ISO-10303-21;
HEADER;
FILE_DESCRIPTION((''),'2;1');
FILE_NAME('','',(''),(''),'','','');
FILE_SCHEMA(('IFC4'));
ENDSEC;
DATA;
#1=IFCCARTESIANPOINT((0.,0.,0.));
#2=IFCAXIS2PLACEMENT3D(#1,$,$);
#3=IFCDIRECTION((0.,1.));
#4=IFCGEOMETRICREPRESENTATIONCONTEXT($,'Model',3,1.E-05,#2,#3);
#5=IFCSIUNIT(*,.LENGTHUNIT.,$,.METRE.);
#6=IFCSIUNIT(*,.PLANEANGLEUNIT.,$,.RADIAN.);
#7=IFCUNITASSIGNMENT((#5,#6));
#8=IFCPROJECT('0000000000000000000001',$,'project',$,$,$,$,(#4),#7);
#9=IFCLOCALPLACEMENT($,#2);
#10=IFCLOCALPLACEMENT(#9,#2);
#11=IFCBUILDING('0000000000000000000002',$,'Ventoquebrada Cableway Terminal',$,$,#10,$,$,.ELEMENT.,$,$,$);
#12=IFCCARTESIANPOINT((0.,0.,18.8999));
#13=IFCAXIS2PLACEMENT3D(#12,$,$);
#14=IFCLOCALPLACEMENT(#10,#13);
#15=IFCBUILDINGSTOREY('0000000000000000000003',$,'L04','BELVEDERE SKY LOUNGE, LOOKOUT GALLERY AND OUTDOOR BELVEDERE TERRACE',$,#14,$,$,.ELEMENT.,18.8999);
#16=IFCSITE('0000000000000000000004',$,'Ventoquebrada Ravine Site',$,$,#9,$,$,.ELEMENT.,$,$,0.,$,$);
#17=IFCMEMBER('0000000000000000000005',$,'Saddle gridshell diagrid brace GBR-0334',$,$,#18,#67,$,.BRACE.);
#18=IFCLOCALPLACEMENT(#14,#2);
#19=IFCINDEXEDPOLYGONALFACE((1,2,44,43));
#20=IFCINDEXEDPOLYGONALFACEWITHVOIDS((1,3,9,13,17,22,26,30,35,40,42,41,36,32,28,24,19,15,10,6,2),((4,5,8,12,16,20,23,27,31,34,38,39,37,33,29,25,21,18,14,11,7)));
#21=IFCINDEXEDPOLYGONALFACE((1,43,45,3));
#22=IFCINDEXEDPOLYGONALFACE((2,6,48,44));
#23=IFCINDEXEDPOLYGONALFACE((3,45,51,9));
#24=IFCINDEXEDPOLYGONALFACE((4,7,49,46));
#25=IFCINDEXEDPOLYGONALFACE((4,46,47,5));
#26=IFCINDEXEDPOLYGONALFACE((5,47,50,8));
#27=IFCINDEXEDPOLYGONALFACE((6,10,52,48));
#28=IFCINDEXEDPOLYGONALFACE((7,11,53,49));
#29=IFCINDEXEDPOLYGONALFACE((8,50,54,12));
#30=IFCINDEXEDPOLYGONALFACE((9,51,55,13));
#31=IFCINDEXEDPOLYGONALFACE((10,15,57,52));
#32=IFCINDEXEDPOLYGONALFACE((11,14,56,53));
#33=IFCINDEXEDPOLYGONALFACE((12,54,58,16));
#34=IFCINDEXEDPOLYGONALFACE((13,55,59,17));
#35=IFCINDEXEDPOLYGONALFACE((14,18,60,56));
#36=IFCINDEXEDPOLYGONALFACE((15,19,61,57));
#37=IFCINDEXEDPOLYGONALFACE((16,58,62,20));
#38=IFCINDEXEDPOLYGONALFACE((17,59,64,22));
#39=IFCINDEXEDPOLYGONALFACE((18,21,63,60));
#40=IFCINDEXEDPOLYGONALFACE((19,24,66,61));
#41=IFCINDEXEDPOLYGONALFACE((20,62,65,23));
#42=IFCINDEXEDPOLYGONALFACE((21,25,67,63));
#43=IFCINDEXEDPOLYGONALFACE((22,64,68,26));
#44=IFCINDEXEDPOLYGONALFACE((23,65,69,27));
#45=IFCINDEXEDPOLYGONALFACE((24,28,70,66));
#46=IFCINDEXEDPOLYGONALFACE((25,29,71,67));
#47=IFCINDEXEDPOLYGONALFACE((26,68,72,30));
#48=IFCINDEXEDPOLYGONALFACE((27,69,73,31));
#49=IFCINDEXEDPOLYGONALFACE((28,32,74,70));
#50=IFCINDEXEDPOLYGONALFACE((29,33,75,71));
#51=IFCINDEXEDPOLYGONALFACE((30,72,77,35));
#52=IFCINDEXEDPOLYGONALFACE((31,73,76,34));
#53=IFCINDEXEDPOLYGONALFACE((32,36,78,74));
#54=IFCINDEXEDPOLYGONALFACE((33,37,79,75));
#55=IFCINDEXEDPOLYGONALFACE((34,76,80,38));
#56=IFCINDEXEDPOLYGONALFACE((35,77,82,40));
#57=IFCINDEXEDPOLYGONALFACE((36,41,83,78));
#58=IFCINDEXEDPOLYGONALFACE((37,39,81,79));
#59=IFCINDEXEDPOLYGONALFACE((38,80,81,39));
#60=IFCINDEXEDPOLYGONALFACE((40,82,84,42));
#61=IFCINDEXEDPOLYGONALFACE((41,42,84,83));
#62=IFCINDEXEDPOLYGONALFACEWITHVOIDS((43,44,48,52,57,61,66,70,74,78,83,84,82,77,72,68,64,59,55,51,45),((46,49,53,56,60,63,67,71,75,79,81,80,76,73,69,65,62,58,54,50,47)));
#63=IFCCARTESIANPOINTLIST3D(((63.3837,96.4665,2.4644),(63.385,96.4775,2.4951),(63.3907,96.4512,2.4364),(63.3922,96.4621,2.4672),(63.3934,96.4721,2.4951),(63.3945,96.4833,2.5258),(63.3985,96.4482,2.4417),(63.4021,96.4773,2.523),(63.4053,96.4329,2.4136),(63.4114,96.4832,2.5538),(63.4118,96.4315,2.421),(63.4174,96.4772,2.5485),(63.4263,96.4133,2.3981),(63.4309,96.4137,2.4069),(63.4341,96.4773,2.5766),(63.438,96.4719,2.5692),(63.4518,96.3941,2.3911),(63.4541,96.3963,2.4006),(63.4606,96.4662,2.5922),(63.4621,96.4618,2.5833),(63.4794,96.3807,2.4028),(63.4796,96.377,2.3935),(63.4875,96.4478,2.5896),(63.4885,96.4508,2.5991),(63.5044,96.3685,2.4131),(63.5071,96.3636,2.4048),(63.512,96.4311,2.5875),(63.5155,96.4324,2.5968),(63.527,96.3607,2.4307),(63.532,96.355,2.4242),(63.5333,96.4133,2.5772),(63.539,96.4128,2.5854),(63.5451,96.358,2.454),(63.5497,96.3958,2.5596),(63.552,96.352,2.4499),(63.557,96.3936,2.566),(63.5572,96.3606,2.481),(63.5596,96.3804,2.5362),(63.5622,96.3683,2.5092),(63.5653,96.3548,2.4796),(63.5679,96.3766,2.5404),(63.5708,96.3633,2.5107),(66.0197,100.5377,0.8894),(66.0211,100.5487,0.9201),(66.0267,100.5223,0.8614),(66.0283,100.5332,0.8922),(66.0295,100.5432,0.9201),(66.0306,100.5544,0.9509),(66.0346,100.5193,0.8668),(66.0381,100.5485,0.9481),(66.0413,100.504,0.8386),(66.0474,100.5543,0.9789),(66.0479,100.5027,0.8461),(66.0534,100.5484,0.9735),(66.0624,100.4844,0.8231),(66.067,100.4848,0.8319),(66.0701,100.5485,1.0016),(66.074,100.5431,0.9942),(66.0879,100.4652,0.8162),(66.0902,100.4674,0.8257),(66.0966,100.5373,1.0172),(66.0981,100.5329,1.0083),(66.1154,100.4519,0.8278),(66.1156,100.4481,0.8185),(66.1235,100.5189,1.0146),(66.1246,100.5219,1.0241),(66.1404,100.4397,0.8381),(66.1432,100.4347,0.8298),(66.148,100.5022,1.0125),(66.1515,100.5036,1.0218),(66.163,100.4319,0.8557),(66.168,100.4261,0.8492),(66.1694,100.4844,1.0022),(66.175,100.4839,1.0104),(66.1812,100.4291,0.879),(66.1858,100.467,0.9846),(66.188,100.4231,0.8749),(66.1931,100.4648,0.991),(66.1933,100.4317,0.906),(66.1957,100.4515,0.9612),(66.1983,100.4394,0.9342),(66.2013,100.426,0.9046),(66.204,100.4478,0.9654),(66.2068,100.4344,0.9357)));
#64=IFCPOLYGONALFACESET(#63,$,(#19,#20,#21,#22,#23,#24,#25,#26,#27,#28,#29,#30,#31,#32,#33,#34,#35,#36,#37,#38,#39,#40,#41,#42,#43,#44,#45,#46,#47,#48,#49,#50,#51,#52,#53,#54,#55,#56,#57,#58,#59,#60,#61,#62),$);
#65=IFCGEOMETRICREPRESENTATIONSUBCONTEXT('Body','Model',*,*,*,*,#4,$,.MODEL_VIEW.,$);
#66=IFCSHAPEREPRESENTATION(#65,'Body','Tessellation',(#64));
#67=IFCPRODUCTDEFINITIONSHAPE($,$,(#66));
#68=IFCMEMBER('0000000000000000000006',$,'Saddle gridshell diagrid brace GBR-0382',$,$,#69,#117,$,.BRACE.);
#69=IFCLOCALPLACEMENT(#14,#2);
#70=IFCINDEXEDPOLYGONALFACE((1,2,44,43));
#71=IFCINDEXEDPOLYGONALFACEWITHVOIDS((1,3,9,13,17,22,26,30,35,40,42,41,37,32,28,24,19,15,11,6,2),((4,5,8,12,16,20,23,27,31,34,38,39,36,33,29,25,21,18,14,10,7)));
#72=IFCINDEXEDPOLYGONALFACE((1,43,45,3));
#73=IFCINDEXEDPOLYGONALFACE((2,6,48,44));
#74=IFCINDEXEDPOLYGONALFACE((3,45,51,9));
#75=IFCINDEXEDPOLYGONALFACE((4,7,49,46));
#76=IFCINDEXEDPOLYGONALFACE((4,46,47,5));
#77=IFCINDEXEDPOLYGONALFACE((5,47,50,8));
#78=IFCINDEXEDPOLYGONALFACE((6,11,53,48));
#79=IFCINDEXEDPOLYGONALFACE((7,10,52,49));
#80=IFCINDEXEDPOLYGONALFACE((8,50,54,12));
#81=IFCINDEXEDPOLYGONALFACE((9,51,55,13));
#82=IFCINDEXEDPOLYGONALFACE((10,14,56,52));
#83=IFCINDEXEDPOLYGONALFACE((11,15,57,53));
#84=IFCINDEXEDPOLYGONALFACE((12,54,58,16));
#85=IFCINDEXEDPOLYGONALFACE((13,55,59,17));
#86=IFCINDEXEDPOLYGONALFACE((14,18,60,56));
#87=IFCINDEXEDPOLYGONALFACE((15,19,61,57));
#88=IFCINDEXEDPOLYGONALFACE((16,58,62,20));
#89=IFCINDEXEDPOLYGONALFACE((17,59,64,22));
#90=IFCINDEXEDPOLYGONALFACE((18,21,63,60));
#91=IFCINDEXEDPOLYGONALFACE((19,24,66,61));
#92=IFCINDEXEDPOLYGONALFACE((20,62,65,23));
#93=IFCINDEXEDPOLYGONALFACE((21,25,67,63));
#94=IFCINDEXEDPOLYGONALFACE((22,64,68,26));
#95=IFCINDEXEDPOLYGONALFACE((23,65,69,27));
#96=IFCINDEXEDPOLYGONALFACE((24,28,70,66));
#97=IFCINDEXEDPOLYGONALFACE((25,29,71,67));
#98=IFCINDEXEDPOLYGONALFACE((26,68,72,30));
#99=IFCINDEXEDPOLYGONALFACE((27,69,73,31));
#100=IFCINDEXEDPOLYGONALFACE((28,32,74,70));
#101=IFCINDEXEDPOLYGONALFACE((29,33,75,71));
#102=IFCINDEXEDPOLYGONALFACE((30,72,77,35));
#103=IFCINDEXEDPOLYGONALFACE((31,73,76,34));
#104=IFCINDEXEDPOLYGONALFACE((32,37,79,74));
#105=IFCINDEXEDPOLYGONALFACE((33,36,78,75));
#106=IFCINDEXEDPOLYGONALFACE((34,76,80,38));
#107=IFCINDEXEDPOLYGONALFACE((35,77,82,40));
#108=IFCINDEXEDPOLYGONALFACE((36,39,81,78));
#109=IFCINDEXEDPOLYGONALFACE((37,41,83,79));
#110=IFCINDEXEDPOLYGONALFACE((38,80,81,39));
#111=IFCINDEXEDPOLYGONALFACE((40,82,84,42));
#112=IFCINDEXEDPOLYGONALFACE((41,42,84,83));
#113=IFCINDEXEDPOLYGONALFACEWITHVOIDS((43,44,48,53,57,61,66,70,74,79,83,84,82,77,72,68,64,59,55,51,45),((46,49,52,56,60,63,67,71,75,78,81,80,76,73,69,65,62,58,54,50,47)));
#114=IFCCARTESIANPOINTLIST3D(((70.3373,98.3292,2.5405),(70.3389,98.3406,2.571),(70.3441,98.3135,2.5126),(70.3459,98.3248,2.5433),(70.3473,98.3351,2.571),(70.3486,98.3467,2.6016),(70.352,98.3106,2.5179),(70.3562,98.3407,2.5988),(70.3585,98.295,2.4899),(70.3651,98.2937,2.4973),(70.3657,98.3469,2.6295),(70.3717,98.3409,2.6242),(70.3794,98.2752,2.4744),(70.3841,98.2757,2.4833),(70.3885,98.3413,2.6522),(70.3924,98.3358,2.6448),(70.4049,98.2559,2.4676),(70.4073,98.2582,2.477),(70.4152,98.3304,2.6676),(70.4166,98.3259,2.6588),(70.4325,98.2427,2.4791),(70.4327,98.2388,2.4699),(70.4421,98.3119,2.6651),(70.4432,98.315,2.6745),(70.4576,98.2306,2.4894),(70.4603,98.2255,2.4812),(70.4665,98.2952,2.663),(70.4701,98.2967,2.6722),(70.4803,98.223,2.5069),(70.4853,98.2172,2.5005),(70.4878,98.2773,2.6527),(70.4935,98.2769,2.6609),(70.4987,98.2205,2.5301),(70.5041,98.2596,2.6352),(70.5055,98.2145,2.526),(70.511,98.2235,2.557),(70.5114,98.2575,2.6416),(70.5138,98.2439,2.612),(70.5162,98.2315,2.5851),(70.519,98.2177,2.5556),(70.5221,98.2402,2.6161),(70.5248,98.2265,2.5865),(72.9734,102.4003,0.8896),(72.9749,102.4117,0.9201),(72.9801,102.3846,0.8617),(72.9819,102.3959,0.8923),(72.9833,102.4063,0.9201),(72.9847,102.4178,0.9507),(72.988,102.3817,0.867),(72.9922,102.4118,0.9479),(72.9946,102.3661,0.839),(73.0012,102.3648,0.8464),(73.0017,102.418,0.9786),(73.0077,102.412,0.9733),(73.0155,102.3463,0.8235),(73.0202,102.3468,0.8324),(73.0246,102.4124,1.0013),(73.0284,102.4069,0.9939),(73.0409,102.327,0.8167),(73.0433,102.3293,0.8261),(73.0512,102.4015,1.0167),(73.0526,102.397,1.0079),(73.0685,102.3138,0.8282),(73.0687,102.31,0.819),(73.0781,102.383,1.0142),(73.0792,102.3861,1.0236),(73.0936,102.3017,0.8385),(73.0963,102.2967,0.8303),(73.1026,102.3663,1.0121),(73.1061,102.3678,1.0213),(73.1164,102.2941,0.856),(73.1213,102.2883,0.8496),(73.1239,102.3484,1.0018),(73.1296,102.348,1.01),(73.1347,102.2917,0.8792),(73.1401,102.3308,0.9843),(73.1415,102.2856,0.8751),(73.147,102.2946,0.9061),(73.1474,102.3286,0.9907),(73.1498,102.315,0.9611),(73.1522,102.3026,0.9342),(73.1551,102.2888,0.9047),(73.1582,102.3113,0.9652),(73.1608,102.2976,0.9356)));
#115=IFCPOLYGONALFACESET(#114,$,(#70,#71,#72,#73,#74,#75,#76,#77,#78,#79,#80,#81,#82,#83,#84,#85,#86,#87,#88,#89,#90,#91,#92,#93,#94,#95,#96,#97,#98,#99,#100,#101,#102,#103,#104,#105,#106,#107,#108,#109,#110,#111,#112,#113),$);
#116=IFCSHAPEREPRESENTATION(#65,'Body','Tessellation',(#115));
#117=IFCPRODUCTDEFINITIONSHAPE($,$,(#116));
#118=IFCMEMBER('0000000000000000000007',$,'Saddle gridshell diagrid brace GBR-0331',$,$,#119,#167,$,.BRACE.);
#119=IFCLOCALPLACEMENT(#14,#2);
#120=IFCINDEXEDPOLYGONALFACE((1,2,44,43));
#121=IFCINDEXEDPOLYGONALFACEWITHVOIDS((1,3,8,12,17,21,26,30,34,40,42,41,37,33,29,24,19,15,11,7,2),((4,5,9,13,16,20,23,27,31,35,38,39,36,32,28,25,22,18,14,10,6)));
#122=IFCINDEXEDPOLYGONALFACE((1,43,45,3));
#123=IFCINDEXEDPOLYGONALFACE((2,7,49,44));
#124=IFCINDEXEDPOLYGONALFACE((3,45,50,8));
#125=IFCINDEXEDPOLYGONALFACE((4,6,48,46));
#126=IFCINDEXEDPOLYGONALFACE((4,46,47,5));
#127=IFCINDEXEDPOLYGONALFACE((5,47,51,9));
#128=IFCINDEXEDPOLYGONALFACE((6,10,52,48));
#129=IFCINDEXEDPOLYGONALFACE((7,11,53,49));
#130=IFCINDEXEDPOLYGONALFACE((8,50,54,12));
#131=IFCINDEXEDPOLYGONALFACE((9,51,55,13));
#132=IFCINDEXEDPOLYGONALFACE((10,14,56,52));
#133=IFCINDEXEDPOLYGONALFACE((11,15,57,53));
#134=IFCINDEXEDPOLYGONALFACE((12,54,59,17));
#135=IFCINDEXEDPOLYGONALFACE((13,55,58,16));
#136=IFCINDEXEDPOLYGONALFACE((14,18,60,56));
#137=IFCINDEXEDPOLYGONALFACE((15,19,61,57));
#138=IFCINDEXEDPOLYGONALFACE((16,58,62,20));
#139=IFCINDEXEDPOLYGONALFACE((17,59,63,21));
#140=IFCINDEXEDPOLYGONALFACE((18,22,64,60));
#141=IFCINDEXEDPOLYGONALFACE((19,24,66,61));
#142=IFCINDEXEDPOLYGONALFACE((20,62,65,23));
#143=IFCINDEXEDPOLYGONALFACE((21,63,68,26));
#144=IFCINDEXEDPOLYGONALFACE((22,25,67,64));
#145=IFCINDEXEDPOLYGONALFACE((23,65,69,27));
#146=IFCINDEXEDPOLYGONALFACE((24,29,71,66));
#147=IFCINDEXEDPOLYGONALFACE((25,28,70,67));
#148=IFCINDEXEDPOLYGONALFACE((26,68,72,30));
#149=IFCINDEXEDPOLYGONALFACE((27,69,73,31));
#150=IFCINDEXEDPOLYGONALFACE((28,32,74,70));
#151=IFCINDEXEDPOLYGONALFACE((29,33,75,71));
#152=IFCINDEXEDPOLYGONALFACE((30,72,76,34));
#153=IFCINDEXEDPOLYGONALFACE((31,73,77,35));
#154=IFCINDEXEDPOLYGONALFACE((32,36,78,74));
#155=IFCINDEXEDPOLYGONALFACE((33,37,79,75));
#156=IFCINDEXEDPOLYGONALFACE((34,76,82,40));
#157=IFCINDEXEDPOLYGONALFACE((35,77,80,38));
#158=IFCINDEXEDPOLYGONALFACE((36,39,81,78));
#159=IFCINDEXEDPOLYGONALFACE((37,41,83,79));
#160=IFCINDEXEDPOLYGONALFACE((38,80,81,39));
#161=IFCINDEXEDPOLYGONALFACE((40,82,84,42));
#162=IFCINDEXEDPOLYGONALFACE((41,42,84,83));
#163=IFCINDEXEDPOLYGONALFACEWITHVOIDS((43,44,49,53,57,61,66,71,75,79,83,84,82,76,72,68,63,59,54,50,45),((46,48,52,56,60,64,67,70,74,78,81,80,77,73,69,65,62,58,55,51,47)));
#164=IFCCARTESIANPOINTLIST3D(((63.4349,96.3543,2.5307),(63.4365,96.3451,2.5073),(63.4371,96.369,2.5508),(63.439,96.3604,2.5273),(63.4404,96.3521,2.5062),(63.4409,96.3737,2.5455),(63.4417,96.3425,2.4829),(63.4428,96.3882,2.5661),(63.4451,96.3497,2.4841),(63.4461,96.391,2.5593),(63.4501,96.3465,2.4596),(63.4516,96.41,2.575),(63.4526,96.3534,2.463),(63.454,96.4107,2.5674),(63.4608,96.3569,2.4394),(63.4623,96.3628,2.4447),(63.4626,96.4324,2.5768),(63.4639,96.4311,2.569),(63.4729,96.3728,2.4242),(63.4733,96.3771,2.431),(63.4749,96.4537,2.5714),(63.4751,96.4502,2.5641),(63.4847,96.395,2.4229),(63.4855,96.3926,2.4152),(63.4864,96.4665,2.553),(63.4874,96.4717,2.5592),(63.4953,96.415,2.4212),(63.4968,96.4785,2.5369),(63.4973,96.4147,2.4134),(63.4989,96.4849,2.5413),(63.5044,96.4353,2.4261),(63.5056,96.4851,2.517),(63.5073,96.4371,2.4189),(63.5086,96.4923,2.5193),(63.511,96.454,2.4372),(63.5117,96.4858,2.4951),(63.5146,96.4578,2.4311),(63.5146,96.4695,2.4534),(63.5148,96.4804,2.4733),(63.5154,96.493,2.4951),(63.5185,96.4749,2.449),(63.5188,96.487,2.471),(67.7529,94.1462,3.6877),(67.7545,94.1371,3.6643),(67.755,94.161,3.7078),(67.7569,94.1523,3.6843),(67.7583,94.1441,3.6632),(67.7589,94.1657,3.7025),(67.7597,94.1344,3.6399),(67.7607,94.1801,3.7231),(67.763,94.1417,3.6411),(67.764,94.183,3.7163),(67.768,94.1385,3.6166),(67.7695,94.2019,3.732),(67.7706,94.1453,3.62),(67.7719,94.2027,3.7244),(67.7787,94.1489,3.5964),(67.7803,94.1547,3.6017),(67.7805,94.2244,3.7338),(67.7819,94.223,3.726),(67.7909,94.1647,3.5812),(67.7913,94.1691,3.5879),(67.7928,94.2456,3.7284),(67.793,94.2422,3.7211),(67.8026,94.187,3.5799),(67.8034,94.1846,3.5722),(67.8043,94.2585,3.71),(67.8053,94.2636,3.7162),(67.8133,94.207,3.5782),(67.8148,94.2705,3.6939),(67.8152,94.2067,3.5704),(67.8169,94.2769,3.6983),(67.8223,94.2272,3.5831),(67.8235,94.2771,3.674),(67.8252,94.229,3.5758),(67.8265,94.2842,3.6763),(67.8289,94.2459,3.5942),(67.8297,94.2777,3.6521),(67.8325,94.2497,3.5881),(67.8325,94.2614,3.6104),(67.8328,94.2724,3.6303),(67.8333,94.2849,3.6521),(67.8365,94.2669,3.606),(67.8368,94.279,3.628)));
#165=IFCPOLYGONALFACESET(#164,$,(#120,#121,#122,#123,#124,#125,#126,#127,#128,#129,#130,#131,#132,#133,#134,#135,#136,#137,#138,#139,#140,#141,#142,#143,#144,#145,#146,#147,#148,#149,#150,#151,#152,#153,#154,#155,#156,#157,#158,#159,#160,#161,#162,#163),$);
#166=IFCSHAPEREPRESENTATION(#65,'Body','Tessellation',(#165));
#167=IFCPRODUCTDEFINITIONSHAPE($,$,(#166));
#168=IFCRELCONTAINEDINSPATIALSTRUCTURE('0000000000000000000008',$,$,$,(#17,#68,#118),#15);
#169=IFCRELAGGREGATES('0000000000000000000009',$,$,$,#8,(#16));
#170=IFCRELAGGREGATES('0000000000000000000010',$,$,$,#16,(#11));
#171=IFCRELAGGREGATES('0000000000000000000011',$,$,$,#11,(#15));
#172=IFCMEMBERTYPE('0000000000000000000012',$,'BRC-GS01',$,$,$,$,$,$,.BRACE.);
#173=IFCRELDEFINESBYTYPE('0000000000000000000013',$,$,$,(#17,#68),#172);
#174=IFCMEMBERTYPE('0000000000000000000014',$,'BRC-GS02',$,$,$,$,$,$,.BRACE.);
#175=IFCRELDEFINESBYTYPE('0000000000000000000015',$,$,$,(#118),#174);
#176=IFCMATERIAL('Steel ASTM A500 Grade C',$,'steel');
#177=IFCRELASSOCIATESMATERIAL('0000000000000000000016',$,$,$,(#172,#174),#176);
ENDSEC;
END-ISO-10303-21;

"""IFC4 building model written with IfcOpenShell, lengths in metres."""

from ifc_helpers import new_model, si_unit, direction, frame, origin, origin_2d, place, context, subcontext, project, spatial, hollow_circle, extrude, material, material_profile, profile_set, type_object, element, save


model = new_model("IFC4")

# Units and contexts
model_context = context("Model", 3, precision=1e-05, world=origin(), true_north=direction((0.0, 1.0)))
body_context = subcontext(model_context, "Body", "Model", "MODEL_VIEW")
ifc_project = project(units=[si_unit("LENGTHUNIT", "METRE"), si_unit("PLANEANGLEUNIT", "RADIAN")], contexts=[model_context])

# Site, building, storey
site_placement = place(None, origin())
site = spatial("IfcSite", under=ifc_project, at=site_placement, Name="Ventoquebrada Ravine Site", CompositionType="ELEMENT", RefElevation=0.0)
building_placement = place(site_placement, origin())
building = spatial("IfcBuilding", under=site, at=building_placement, Name="Ventoquebrada Cableway Terminal", CompositionType="ELEMENT")
storey_placement = place(building_placement, frame((0.0, 0.0, 18.8999)))
storey = spatial("IfcBuildingStorey", under=building, at=storey_placement, Name="L04", Description="BELVEDERE SKY LOUNGE, LOOKOUT GALLERY AND OUTDOOR BELVEDERE TERRACE", CompositionType="ELEMENT", Elevation=18.8999)

# Members
ifc_material_1 = material(Name="Steel ASTM A500 Grade C", Category="steel")
ifc_material_profile_1 = material_profile(ifc_material_1, hollow_circle(Radius=0.1096, WallThickness=0.01, at=origin_2d()), Name="CHS219.1X10")
ifc_profile_set_1 = profile_set([ifc_material_profile_1], Name="Steel ASTM A500 Grade C")
member_type_1 = type_object("IfcMemberType", Name="BRC-GS01", PredefinedType="BRACE", material=ifc_profile_set_1)
member_1_placement = place(storey_placement, frame((63.4771, 96.418, 2.4951), z_axis=(0.516937, 0.798362, -0.30886), x_axis=(-0.839403, 0.54351, 0.0)))
element("IfcMember", 1, at=member_1_placement, inside=storey, type_object=member_type_1, Name="Saddle gridshell diagrid brace GBR-0334", PredefinedType="BRACE", context=body_context, shape_type="SweptSolid", body=[
    extrude(hollow_circle(Radius=0.1096, WallThickness=0.01, at=origin_2d()), origin(), (0.0, 0.0, 1.0), 5.0994),
])
member_2_placement = place(storey_placement, frame((70.4309, 98.281, 2.571), z_axis=(0.514519, 0.794629, -0.322236), x_axis=(-0.839403, 0.54351, 0.0)))
element("IfcMember", 2, at=member_2_placement, inside=storey, type_object=member_type_1, Name="Saddle gridshell diagrid brace GBR-0382", PredefinedType="BRACE", context=body_context, shape_type="SweptSolid", body=[
    extrude(hollow_circle(Radius=0.1096, WallThickness=0.01, at=origin_2d()), origin(), (0.0, 0.0, 1.0), 5.1233),
])
ifc_material_profile_2 = material_profile(ifc_material_1, hollow_circle(Radius=0.0842, WallThickness=0.0081, at=origin_2d()), Name="CHS168.3X8")
ifc_profile_set_2 = profile_set([ifc_material_profile_2], Name="Steel ASTM A500 Grade C")
member_type_2 = type_object("IfcMemberType", Name="BRC-GS02", PredefinedType="BRACE", material=ifc_profile_set_2)
member_3_placement = place(storey_placement, frame((63.4771, 96.418, 2.4951), z_axis=(0.866039, -0.442862, 0.232057), x_axis=(0.45529, 0.890343, 0.0)))
element("IfcMember", 3, at=member_3_placement, inside=storey, type_object=member_type_2, Name="Saddle gridshell diagrid brace GBR-0331", PredefinedType="BRACE", context=body_context, shape_type="SweptSolid", body=[
    extrude(hollow_circle(Radius=0.0842, WallThickness=0.0081, at=origin_2d()), origin(), (0.0, 0.0, 1.0), 4.9858),
])

save(model, "model.ifc")
